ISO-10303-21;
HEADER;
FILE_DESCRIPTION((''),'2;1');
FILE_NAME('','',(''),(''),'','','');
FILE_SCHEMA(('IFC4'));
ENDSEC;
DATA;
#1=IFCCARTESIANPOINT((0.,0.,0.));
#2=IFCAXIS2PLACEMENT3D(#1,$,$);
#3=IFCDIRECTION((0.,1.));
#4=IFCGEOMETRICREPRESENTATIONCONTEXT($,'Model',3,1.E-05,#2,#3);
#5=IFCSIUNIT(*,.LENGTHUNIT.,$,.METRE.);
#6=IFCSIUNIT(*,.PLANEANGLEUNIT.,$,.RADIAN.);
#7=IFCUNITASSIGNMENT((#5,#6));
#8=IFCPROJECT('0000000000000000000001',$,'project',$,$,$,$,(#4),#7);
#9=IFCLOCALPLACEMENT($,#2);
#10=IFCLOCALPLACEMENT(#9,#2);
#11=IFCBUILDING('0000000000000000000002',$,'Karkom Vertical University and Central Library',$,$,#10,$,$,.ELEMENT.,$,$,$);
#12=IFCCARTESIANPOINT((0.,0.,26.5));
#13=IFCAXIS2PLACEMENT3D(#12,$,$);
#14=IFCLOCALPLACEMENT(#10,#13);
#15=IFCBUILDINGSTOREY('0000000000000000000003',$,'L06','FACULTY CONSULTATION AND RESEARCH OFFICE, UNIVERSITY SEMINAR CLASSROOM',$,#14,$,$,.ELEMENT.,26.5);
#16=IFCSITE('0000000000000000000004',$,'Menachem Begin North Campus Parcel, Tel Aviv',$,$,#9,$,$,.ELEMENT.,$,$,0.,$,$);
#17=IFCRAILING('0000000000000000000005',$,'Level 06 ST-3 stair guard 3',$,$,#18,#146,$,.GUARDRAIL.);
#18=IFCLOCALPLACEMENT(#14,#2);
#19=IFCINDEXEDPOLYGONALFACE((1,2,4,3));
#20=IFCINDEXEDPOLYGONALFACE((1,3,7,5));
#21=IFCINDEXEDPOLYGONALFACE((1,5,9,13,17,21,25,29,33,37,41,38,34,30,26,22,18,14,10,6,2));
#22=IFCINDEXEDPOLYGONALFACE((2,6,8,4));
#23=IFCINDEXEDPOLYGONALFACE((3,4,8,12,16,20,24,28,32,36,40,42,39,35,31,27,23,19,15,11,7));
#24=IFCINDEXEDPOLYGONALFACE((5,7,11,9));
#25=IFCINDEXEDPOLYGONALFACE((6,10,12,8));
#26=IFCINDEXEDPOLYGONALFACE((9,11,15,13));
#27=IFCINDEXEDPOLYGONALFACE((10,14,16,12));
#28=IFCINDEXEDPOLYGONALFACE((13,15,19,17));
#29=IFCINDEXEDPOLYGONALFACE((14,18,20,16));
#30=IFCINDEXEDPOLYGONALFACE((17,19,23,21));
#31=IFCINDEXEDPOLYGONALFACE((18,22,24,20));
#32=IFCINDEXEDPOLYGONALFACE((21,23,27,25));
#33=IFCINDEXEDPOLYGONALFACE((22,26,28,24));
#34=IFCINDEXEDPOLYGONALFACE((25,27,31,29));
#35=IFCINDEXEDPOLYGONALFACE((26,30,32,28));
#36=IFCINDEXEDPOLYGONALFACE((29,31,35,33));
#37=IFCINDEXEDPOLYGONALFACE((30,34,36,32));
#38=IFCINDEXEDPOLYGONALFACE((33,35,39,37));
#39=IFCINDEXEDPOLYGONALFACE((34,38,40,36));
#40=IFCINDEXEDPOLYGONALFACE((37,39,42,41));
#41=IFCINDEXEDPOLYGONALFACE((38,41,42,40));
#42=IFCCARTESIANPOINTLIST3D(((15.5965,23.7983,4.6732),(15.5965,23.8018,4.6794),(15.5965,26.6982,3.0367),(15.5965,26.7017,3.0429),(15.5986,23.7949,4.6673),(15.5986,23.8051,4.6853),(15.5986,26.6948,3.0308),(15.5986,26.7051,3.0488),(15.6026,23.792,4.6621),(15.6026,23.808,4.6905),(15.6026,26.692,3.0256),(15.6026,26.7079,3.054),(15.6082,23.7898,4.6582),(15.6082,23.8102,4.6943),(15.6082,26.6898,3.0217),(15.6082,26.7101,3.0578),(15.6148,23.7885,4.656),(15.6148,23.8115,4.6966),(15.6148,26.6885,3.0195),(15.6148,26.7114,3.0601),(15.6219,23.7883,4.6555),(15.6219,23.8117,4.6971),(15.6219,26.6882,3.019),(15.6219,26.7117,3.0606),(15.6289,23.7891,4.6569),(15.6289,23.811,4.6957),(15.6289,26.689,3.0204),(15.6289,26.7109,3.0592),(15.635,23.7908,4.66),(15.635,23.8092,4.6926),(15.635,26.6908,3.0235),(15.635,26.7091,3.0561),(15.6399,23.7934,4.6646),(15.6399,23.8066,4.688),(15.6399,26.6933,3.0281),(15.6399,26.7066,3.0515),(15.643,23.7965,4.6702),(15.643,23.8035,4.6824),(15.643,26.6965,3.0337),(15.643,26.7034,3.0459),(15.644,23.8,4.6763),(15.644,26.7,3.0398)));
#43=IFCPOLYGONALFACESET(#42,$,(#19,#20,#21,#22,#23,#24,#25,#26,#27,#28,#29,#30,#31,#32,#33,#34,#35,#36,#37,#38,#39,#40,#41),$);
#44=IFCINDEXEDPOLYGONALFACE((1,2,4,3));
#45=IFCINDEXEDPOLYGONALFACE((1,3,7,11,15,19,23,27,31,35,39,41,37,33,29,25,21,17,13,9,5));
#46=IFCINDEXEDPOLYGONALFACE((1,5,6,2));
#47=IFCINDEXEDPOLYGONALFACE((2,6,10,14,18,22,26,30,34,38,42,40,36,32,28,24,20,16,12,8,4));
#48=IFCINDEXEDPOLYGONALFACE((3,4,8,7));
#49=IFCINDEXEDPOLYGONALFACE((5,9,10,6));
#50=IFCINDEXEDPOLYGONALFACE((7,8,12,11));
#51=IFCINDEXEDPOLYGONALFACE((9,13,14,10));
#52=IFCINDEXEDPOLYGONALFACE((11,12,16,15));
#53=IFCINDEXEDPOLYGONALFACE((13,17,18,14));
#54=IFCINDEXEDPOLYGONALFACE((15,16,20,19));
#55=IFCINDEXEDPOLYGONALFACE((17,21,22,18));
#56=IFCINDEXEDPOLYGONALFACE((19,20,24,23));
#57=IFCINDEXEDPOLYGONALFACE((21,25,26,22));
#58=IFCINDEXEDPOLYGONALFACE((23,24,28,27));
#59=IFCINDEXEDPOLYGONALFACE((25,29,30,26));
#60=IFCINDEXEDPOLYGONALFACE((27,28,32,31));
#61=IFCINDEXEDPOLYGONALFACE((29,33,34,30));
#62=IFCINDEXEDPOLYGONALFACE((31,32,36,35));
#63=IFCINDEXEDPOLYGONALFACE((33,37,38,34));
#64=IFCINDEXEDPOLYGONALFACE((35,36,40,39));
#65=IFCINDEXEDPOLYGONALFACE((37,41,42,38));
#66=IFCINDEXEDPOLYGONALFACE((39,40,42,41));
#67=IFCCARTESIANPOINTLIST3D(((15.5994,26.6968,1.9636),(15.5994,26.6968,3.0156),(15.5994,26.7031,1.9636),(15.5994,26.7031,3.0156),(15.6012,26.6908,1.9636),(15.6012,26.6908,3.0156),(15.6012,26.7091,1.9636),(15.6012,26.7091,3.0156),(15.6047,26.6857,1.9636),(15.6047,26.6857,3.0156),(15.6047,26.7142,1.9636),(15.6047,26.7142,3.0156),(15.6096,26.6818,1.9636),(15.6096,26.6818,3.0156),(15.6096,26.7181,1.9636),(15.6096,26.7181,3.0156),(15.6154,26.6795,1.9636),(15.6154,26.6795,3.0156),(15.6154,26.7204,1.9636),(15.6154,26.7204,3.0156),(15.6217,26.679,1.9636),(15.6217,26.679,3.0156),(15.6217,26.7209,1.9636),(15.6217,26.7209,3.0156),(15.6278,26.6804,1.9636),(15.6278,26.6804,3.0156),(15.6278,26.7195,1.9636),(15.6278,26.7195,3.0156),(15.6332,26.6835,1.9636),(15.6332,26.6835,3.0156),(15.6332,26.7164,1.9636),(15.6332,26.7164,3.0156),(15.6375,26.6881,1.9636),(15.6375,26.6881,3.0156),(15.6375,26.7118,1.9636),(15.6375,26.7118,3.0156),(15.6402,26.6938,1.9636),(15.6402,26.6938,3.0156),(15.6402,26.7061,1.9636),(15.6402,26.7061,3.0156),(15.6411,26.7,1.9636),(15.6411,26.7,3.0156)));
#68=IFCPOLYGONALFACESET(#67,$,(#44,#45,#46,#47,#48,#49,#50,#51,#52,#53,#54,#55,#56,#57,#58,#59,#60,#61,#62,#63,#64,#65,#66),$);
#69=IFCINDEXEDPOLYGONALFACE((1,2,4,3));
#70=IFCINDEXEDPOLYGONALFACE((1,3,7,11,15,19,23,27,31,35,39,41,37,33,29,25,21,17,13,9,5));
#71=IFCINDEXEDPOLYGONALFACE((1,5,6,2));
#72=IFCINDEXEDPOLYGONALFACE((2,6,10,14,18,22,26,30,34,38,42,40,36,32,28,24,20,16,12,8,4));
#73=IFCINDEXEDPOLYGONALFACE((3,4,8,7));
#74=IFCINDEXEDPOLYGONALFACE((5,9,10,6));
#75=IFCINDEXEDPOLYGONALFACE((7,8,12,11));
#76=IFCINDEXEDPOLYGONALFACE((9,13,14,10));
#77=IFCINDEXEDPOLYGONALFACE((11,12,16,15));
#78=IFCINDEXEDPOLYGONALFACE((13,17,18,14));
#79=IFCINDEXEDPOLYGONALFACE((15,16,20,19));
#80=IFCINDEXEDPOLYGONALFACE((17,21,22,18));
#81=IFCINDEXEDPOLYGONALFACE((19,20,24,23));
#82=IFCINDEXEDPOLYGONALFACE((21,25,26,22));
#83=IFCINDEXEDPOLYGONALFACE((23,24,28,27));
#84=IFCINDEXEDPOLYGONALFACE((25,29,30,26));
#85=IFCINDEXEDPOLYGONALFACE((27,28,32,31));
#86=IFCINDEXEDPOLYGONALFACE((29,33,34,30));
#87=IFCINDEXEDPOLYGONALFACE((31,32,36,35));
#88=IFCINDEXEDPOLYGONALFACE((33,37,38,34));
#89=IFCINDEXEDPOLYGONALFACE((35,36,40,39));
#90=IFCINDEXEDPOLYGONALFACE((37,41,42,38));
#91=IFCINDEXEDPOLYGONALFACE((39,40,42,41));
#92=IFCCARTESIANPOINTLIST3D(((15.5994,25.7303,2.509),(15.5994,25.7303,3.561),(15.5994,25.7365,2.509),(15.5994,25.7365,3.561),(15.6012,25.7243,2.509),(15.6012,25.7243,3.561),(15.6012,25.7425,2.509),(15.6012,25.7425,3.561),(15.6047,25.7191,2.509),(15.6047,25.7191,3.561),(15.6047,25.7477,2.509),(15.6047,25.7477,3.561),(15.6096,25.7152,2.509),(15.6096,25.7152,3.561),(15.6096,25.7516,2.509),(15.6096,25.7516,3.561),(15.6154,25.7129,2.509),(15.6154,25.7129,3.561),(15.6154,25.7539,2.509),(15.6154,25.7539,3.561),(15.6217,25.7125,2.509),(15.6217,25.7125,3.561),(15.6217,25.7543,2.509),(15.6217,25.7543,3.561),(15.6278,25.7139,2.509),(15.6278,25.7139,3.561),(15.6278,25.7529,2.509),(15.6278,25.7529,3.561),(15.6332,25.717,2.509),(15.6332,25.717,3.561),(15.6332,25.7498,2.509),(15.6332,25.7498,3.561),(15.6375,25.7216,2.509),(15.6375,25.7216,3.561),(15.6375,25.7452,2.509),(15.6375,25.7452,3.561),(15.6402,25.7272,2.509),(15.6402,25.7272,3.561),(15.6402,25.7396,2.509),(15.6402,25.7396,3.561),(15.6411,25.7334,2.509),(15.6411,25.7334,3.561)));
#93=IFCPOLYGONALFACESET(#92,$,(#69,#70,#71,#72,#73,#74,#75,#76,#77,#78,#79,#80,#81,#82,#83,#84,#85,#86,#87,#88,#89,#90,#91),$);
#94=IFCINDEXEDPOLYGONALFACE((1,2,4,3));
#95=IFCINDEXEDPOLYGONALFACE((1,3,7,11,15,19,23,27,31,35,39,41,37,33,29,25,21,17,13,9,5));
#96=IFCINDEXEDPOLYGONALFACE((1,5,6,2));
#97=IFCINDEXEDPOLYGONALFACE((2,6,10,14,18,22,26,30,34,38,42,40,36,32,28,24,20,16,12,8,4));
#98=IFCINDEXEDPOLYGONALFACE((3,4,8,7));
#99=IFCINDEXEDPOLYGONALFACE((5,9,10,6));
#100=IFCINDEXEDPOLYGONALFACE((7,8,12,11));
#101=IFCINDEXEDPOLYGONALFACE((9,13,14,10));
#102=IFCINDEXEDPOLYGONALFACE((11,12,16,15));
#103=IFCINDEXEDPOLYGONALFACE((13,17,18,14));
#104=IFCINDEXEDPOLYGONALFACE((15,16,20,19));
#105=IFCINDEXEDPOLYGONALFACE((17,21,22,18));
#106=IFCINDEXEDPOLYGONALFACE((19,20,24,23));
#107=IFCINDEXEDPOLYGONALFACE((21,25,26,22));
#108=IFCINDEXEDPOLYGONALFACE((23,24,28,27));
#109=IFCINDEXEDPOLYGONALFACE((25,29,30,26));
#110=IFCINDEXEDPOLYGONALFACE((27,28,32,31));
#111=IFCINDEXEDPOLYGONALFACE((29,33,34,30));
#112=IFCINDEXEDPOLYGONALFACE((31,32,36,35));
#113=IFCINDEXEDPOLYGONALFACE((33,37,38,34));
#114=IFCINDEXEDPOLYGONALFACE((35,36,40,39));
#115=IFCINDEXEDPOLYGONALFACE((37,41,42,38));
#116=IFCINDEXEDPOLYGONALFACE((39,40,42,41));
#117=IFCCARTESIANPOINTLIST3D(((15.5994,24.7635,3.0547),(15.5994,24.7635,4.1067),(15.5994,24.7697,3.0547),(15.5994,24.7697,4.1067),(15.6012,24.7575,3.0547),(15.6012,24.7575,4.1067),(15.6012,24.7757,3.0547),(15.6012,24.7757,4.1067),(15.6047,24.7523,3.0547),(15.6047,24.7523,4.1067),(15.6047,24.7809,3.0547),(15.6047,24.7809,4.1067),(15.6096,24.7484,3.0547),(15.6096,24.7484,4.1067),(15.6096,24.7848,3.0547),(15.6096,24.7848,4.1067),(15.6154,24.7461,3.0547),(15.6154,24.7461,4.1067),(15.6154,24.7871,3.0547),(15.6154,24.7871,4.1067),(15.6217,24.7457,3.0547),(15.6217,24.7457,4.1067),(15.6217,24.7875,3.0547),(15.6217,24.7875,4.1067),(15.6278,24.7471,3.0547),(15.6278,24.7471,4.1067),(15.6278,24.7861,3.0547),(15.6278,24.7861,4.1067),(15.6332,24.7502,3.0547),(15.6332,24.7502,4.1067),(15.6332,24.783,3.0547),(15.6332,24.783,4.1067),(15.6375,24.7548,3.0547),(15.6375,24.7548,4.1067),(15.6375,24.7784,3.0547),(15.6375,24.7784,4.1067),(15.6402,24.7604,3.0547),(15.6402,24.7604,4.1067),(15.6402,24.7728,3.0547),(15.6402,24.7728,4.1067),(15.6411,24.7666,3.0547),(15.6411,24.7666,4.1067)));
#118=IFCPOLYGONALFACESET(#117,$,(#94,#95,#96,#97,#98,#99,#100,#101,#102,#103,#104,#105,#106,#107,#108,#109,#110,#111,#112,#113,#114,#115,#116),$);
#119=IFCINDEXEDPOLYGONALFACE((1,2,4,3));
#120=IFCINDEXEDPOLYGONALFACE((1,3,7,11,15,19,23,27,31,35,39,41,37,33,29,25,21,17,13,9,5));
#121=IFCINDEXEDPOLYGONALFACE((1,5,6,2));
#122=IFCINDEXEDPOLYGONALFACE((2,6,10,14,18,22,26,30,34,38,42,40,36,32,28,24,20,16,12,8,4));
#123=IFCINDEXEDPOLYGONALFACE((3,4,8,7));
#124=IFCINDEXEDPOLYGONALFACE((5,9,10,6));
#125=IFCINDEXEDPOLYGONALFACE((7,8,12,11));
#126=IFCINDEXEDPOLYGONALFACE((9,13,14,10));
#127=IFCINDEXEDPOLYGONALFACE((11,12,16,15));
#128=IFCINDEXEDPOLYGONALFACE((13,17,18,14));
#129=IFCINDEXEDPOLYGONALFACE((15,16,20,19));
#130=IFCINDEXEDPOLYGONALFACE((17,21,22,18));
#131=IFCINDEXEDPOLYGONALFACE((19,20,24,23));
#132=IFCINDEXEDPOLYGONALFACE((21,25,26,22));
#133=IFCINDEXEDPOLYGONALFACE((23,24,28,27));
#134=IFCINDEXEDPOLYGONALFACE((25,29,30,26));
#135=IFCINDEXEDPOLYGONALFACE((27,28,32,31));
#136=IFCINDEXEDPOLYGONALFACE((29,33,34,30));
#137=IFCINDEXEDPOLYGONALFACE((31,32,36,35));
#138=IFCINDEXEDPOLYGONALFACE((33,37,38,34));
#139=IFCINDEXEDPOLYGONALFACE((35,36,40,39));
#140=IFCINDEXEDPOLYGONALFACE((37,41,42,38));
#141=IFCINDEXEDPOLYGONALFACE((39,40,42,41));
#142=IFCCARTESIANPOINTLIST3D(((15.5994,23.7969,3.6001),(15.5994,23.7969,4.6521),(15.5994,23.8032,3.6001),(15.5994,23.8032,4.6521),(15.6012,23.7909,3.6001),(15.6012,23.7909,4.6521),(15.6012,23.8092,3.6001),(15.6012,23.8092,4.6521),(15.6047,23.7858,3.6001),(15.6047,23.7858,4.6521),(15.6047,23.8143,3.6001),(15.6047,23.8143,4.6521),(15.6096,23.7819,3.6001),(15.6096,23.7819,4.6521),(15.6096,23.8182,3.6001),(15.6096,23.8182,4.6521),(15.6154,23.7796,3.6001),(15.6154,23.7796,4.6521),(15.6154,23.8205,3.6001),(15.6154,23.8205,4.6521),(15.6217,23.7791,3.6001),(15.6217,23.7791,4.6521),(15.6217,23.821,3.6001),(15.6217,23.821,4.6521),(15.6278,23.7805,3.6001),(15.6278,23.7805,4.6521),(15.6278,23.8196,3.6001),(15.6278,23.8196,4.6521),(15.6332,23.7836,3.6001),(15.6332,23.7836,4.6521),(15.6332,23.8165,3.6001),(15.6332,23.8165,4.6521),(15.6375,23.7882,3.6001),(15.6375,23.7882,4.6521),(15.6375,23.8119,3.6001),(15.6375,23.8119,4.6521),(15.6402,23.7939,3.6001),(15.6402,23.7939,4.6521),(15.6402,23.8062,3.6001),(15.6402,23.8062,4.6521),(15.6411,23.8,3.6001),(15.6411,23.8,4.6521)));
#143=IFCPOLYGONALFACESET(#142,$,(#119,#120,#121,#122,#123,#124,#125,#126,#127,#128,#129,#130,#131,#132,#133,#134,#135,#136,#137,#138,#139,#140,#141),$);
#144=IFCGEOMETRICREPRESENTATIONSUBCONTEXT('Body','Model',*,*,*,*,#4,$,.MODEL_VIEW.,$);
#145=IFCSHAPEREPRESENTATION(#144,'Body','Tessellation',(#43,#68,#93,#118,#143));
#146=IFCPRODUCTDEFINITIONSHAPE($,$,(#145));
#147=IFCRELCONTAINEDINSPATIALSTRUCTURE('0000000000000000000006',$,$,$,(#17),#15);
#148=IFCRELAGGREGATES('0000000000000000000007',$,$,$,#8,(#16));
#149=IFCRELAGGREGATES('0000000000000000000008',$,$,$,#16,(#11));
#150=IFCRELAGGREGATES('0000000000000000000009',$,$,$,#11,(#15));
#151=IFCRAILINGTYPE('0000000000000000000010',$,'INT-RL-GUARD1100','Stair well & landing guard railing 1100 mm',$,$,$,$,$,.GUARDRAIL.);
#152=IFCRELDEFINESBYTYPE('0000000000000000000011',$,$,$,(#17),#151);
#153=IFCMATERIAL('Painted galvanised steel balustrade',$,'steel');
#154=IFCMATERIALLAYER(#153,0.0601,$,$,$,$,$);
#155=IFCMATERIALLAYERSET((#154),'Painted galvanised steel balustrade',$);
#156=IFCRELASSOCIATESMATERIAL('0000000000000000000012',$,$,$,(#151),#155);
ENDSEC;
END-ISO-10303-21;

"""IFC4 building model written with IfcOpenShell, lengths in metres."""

from ifc_helpers import new_model, si_unit, direction, frame, origin, origin_2d, place, context, subcontext, project, spatial, circle, extrude, material, layer, layer_set, type_object, element, save


model = new_model("IFC4")

# Units and contexts
model_context = context("Model", 3, precision=1e-05, world=origin(), true_north=direction((0.0, 1.0)))
body_context = subcontext(model_context, "Body", "Model", "MODEL_VIEW")
ifc_project = project(units=[si_unit("LENGTHUNIT", "METRE"), si_unit("PLANEANGLEUNIT", "RADIAN")], contexts=[model_context])

# Site, building, storey
site_placement = place(None, origin())
site = spatial("IfcSite", under=ifc_project, at=site_placement, Name="Menachem Begin North Campus Parcel, Tel Aviv", CompositionType="ELEMENT", RefElevation=0.0)
building_placement = place(site_placement, origin())
building = spatial("IfcBuilding", under=site, at=building_placement, Name="Karkom Vertical University and Central Library", CompositionType="ELEMENT")
storey_placement = place(building_placement, frame((0.0, 0.0, 26.5)))
storey = spatial("IfcBuildingStorey", under=building, at=storey_placement, Name="L06", Description="FACULTY CONSULTATION AND RESEARCH OFFICE, UNIVERSITY SEMINAR CLASSROOM", CompositionType="ELEMENT", Elevation=26.5)

# Railing
ifc_material_1 = material(Name="Painted galvanised steel balustrade", Category="steel")
ifc_layer_1 = layer(ifc_material_1, 0.0601)
ifc_layer_set_1 = layer_set([ifc_layer_1], Name="Painted galvanised steel balustrade")
railing_type_1 = type_object("IfcRailingType", Name="INT-RL-GUARD1100", Description="Stair well & landing guard railing 1100 mm", PredefinedType="GUARDRAIL", material=ifc_layer_set_1)
railing_1_placement = place(storey_placement, frame((15.6201, 26.7, 1.9636)))
element("IfcRailing", 1, at=railing_1_placement, inside=storey, type_object=railing_type_1, Name="Level 06 ST-3 stair guard 3", PredefinedType="GUARDRAIL", context=body_context, shape_type="SweptSolid", body=[
    extrude(circle(Radius=0.0239, at=origin_2d()), frame((0.0, 0.0, 1.0762), z_axis=(0.0, -0.870897, 0.491465), x_axis=(1.0, 0.0, 0.0)), (0.0, 0.0, 1.0), 3.3298),
    extrude(circle(Radius=0.021, at=origin_2d()), origin(), (0.0, 0.0, 1.0), 1.052),
    extrude(circle(Radius=0.021, at=origin_2d()), frame((0.0, -0.9666, 0.5454)), (0.0, 0.0, 1.0), 1.052),
    extrude(circle(Radius=0.021, at=origin_2d()), frame((0.0, -1.9333, 1.0911)), (0.0, 0.0, 1.0), 1.052),
    extrude(circle(Radius=0.021, at=origin_2d()), frame((0.0, -2.8999, 1.6365)), (0.0, 0.0, 1.0), 1.052),
])

save(model, "model.ifc")
